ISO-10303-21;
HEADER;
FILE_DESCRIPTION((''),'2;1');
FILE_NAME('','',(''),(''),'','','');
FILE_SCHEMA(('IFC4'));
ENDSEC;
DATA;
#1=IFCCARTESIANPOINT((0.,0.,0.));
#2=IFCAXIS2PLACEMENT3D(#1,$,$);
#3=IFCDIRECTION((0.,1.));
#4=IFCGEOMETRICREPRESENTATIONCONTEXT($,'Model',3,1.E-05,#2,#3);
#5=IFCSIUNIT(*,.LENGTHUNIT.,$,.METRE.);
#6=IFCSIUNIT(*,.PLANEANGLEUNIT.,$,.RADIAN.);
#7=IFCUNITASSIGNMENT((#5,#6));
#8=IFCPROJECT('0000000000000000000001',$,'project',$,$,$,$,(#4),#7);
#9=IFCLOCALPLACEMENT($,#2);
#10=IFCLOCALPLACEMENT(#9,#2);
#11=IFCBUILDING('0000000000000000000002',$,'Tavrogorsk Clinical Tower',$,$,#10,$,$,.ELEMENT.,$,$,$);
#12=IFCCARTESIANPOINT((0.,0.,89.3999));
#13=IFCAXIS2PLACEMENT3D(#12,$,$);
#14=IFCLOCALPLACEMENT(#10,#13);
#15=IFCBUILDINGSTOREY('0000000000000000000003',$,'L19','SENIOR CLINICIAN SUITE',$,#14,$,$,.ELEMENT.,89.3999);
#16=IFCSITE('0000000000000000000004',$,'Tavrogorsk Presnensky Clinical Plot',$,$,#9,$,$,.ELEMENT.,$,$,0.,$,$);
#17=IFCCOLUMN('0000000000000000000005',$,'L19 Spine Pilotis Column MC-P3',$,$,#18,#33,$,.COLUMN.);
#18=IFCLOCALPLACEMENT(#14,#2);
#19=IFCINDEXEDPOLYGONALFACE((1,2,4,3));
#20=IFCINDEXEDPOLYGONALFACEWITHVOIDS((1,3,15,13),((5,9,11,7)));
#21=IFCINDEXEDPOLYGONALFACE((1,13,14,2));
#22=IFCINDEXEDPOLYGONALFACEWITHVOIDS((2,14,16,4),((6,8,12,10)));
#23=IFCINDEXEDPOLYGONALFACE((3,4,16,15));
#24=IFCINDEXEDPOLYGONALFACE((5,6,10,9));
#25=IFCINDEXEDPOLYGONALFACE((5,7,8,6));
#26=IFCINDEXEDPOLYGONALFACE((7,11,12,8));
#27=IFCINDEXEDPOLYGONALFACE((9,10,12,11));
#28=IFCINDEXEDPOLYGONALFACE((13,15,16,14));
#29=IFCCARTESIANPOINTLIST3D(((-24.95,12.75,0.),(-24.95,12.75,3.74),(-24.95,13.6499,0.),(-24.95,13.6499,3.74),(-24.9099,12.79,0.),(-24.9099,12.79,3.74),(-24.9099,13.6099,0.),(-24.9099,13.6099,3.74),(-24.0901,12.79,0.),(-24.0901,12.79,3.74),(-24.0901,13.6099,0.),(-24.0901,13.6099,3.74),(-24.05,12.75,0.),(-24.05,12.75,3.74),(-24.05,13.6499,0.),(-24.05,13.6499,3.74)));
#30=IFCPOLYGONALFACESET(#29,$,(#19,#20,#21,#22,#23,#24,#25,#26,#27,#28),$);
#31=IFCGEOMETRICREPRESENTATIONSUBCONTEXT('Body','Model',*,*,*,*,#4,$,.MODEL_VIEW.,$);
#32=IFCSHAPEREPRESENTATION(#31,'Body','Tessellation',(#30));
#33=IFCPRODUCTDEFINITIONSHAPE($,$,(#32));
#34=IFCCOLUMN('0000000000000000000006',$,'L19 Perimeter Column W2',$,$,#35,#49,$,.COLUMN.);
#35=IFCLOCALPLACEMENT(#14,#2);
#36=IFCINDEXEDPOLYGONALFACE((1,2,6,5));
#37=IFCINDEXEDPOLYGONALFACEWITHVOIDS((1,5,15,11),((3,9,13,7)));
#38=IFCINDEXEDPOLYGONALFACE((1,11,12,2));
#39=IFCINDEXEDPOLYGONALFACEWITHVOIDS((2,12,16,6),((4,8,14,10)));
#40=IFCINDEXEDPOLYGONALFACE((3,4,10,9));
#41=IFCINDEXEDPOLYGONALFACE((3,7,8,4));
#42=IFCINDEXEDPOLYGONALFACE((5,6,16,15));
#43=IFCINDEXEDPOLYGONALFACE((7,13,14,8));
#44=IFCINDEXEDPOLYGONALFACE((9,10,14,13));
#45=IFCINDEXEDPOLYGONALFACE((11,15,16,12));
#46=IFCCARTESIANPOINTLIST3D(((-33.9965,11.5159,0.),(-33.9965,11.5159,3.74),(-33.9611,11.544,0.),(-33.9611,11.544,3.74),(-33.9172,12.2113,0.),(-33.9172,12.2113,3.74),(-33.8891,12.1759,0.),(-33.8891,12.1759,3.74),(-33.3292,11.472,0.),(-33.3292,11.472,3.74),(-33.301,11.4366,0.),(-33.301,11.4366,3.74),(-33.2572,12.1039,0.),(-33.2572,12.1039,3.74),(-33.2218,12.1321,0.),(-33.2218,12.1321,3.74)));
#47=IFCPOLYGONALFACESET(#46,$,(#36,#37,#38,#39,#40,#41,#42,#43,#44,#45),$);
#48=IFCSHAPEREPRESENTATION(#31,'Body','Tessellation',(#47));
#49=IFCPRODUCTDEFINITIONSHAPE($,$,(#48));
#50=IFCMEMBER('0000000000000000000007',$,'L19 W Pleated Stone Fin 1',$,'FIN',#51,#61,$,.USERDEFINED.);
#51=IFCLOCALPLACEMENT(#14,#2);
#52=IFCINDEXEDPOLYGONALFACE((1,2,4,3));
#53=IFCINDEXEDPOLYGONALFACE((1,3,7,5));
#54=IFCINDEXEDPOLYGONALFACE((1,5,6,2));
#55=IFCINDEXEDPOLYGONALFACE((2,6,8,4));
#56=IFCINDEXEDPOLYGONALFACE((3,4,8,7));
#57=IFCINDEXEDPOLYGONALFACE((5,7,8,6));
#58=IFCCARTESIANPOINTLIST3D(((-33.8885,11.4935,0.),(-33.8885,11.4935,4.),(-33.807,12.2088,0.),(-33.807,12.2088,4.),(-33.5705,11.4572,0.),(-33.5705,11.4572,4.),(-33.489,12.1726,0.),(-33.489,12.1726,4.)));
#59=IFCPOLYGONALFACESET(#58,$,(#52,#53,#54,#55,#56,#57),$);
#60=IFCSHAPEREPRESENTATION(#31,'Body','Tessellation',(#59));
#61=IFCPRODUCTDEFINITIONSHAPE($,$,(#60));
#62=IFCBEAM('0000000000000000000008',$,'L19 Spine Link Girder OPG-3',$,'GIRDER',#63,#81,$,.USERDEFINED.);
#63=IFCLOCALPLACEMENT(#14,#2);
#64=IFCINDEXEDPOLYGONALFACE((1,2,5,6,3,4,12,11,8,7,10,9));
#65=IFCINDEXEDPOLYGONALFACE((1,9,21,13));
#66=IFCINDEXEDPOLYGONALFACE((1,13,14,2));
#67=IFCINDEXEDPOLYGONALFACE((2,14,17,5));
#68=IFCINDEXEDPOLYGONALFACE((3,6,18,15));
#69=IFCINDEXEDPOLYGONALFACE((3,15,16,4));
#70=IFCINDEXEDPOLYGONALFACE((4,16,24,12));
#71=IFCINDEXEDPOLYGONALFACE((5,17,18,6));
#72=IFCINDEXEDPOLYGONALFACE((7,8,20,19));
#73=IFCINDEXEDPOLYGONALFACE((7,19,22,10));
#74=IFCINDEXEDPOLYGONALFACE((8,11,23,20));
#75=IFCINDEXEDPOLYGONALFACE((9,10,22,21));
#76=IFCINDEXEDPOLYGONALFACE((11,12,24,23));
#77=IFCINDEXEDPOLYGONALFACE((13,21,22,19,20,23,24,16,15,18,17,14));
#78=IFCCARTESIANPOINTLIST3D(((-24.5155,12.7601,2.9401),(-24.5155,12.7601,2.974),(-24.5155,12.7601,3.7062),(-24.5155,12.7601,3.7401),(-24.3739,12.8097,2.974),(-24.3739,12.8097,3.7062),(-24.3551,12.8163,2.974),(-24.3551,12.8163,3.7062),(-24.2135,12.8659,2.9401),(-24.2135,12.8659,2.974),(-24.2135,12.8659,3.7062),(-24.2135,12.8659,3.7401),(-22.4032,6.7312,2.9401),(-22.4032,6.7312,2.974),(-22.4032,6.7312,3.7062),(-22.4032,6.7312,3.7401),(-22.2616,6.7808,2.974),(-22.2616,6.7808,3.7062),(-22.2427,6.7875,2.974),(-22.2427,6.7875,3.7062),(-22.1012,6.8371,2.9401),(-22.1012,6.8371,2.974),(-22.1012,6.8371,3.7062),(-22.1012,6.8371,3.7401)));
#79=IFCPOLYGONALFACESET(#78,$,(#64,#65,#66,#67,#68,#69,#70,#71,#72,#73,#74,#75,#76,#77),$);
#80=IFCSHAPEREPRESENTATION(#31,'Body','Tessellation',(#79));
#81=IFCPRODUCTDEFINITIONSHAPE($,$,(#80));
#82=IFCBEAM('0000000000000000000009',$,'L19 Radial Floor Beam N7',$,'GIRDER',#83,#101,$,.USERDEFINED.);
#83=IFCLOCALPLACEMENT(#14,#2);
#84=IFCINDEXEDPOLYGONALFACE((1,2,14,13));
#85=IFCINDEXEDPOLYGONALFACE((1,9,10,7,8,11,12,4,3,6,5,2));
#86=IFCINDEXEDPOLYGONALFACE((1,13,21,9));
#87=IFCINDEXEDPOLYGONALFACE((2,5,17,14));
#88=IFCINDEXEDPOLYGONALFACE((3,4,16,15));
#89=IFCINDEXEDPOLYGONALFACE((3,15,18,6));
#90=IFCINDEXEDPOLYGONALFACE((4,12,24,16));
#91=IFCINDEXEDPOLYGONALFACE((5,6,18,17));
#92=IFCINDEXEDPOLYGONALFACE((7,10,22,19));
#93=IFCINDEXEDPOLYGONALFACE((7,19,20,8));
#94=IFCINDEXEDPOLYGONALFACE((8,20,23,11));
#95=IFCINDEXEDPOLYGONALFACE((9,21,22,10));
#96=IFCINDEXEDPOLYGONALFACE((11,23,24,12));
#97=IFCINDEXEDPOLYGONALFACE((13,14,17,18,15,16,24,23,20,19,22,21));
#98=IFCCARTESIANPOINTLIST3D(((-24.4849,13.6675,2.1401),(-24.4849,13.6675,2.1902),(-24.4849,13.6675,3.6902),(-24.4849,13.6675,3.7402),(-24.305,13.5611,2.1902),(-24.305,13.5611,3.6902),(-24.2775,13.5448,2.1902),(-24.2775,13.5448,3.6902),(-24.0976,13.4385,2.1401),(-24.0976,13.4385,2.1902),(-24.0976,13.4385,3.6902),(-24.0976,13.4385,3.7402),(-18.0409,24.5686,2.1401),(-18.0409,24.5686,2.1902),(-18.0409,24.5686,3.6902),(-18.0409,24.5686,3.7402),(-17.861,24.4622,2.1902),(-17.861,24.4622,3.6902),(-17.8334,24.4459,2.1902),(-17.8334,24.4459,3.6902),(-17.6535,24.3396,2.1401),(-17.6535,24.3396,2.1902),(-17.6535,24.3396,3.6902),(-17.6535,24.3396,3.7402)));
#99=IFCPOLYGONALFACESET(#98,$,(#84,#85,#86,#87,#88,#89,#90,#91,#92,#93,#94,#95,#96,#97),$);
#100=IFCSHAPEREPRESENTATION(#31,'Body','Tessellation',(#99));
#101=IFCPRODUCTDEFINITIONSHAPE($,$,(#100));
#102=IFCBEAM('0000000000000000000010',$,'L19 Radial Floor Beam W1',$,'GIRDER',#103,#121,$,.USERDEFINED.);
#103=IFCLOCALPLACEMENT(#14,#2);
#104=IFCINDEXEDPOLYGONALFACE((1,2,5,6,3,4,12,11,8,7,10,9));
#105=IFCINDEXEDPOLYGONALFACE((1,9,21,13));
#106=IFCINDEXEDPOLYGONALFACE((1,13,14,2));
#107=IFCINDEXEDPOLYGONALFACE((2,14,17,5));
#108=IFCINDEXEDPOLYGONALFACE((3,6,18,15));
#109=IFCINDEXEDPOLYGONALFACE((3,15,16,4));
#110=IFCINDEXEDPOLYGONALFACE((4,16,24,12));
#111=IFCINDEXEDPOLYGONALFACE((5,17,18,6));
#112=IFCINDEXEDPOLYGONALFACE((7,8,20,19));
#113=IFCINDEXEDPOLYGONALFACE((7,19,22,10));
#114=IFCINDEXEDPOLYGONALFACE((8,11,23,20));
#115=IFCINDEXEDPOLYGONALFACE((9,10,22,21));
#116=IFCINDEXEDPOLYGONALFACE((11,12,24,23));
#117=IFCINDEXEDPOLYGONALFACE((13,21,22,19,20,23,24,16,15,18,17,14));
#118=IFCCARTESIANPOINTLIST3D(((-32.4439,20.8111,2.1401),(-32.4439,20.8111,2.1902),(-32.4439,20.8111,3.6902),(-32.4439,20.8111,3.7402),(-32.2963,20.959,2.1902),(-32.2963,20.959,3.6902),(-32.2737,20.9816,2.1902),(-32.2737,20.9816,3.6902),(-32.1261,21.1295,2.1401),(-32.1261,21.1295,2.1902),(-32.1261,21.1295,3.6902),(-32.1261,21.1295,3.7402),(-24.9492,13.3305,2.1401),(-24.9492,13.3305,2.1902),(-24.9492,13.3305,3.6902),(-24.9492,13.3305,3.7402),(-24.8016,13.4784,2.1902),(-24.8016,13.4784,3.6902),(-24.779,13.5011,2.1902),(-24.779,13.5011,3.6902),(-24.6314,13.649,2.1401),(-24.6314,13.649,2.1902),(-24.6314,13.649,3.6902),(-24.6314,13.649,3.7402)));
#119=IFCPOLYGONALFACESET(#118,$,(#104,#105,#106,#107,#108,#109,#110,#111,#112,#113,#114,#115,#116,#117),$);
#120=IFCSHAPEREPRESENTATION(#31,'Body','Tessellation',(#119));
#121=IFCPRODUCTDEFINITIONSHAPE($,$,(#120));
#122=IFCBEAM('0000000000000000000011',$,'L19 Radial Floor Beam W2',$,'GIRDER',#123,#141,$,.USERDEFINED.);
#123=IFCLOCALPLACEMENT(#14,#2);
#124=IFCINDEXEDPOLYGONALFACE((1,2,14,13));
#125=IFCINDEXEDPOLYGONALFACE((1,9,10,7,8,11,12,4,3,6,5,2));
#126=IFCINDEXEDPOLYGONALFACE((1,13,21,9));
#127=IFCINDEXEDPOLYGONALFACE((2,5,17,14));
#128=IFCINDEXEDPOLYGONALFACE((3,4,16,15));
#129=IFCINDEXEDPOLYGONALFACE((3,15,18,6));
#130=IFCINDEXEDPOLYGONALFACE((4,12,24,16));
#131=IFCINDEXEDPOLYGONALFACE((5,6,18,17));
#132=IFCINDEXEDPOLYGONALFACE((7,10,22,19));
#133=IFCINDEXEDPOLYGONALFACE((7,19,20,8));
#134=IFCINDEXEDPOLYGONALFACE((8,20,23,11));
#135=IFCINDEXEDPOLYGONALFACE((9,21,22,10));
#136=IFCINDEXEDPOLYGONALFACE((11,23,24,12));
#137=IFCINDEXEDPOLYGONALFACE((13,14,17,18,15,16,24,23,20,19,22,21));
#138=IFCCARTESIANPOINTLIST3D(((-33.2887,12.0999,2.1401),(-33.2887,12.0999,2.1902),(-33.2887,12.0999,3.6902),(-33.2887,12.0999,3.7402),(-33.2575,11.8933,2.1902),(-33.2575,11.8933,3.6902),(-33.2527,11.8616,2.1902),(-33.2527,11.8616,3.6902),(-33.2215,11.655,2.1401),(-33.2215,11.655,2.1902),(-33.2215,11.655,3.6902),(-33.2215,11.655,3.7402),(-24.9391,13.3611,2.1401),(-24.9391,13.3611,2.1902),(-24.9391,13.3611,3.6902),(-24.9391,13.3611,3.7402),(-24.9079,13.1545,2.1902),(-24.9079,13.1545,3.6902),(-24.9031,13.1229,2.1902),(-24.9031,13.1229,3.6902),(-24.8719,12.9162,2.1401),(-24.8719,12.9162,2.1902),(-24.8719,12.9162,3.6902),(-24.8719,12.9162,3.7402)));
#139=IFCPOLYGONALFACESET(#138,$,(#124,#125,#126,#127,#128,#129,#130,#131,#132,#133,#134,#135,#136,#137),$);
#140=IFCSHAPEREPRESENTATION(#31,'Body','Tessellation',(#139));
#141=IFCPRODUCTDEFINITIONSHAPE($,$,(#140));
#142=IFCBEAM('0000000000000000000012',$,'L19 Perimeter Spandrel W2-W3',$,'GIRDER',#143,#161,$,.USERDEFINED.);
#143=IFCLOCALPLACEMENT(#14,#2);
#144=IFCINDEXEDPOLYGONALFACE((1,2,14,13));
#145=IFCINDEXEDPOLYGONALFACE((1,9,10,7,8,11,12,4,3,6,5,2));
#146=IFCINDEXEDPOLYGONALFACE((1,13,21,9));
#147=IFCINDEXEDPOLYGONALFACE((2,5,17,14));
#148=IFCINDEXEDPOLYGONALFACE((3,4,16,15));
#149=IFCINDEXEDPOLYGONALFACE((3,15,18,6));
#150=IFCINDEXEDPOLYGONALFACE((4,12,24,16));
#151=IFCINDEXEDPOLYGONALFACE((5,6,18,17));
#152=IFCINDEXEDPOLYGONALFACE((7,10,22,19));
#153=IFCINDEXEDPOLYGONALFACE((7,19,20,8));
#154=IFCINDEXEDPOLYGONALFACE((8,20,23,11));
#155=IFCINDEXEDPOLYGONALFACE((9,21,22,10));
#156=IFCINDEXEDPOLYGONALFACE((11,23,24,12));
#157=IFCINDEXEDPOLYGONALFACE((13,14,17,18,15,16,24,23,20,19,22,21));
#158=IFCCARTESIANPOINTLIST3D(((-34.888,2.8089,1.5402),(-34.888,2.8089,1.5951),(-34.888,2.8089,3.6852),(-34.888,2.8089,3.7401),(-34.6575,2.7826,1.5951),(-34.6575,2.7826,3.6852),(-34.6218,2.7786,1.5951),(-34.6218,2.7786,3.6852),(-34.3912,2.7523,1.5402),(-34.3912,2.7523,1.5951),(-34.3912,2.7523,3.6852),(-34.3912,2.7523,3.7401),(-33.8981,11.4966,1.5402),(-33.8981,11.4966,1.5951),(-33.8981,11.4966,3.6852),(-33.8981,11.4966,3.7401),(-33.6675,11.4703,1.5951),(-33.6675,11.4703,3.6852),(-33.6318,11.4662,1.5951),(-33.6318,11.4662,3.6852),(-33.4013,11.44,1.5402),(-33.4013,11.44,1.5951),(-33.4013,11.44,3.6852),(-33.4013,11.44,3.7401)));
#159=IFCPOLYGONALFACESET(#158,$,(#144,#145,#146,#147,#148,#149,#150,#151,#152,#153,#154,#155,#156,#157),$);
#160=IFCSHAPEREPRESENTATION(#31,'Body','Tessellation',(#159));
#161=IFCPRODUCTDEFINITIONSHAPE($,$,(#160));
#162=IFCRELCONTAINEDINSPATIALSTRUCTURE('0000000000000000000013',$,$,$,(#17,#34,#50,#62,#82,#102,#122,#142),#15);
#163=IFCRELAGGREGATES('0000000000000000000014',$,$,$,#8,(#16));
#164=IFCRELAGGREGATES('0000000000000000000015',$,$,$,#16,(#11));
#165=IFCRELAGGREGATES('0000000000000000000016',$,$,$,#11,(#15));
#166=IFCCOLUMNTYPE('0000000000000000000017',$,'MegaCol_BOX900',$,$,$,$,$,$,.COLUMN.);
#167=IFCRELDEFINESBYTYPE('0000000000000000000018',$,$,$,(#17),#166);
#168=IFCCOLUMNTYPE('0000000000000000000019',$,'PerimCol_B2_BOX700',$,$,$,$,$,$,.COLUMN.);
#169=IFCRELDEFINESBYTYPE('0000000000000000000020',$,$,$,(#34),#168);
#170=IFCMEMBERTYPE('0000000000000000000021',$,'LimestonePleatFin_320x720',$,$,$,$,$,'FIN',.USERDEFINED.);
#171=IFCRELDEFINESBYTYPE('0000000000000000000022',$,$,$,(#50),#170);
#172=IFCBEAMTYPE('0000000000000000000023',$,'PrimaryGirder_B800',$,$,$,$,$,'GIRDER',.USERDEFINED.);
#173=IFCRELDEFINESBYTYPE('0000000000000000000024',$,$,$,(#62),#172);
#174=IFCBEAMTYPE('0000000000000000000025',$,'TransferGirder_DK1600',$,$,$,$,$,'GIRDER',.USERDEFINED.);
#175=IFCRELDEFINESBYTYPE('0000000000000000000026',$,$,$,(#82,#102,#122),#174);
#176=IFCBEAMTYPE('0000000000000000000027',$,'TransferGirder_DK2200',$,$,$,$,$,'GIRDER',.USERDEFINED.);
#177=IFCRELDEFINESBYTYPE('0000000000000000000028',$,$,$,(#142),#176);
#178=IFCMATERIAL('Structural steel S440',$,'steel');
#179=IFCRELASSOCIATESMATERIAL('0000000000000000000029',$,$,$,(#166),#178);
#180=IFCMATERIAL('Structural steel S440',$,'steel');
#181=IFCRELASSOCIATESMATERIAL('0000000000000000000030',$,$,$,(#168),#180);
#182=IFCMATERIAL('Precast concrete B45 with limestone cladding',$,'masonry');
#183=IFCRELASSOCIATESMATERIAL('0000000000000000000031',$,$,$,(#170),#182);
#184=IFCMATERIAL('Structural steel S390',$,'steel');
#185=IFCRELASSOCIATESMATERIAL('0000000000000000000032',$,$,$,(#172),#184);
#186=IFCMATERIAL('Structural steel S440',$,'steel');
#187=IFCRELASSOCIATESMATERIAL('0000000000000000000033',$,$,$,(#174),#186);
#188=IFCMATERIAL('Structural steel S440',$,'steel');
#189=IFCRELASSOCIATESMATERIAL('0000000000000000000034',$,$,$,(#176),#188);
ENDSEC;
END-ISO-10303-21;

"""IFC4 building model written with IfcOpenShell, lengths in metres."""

from ifc_helpers import new_model, si_unit, direction, frame, origin, origin_2d, place, context, subcontext, project, spatial, rectangle, hollow_rectangle, i_section, extrude, material, material_profile, profile_set, type_object, element, save


model = new_model("IFC4")

# Units and contexts
model_context = context("Model", 3, precision=1e-05, world=origin(), true_north=direction((0.0, 1.0)))
body_context = subcontext(model_context, "Body", "Model", "MODEL_VIEW")
ifc_project = project(units=[si_unit("LENGTHUNIT", "METRE"), si_unit("PLANEANGLEUNIT", "RADIAN")], contexts=[model_context])

# Site, building, storey
site_placement = place(None, origin())
site = spatial("IfcSite", under=ifc_project, at=site_placement, Name="Tavrogorsk Presnensky Clinical Plot", CompositionType="ELEMENT", RefElevation=0.0)
building_placement = place(site_placement, origin())
building = spatial("IfcBuilding", under=site, at=building_placement, Name="Tavrogorsk Clinical Tower", CompositionType="ELEMENT")
storey_placement = place(building_placement, frame((0.0, 0.0, 89.3999)))
storey = spatial("IfcBuildingStorey", under=building, at=storey_placement, Name="L19", Description="SENIOR CLINICIAN SUITE", CompositionType="ELEMENT", Elevation=89.3999)

# Columns
ifc_material_1 = material(Name="Structural steel S440", Category="steel")
ifc_material_profile_1 = material_profile(ifc_material_1, hollow_rectangle(XDim=0.8999, YDim=0.8999, WallThickness=0.04, at=origin_2d()), Name="BOX-900x900x40")
ifc_profile_set_1 = profile_set([ifc_material_profile_1], Name="Structural steel S440")
column_type_1 = type_object("IfcColumnType", Name="MegaCol_BOX900", PredefinedType="COLUMN", material=ifc_profile_set_1)
column_1_placement = place(storey_placement, frame((-24.5, 13.2, 0.0), z_axis=(0.0, 0.0, 1.0), x_axis=(1.0, 0.0, 0.0)))
element("IfcColumn", 1, at=column_1_placement, inside=storey, type_object=column_type_1, Name="L19 Spine Pilotis Column MC-P3", PredefinedType="COLUMN", context=body_context, shape_type="SweptSolid", body=[
    extrude(hollow_rectangle(XDim=0.8999, YDim=0.8999, WallThickness=0.04, at=origin_2d()), origin(), (0.0, 0.0, 1.0), 3.74),
])
ifc_material_2 = material(Name="Structural steel S440", Category="steel")
ifc_material_profile_2 = material_profile(ifc_material_2, hollow_rectangle(XDim=0.7, YDim=0.7, WallThickness=0.032, at=origin_2d()), Name="BOX-700x700x32")
ifc_profile_set_2 = profile_set([ifc_material_profile_2], Name="Structural steel S440")
column_type_2 = type_object("IfcColumnType", Name="PerimCol_B2_BOX700", PredefinedType="COLUMN", material=ifc_profile_set_2)
column_2_placement = place(storey_placement, frame((-33.6091, 11.824, 0.0), z_axis=(0.0, 0.0, 1.0), x_axis=(0.993572, -0.113203, 0.0)))
element("IfcColumn", 2, at=column_2_placement, inside=storey, type_object=column_type_2, Name="L19 Perimeter Column W2", PredefinedType="COLUMN", context=body_context, shape_type="SweptSolid", body=[
    extrude(hollow_rectangle(XDim=0.7, YDim=0.7, WallThickness=0.032, at=origin_2d()), origin(), (0.0, 0.0, 1.0), 3.74),
])

# Member
ifc_material_3 = material(Name="Precast concrete B45 with limestone cladding", Category="masonry")
ifc_material_profile_3 = material_profile(ifc_material_3, rectangle(XDim=0.3201, YDim=0.72, at=origin_2d()), Name="LIMESTONE-FIN-320x720")
ifc_profile_set_3 = profile_set([ifc_material_profile_3], Name="Precast concrete B45 with limestone cladding")
member_type = type_object("IfcMemberType", Name="LimestonePleatFin_320x720", ElementType="FIN", PredefinedType="USERDEFINED", material=ifc_profile_set_3)
member_placement = place(storey_placement, frame((-33.6887, 11.833, 0.0), z_axis=(0.0, 0.0, 1.0), x_axis=(0.993572, -0.113203, 0.0)))
element("IfcMember", 3, at=member_placement, inside=storey, type_object=member_type, Name="L19 W Pleated Stone Fin 1", ObjectType="FIN", PredefinedType="USERDEFINED", context=body_context, shape_type="SweptSolid", body=[
    extrude(rectangle(XDim=0.3201, YDim=0.72, at=origin_2d()), origin(), (0.0, 0.0, 1.0), 4.0),
])

# Beams
ifc_material_4 = material(Name="Structural steel S390", Category="steel")
ifc_material_profile_4 = material_profile(ifc_material_4, i_section(OverallWidth=0.3201, OverallDepth=0.8, WebThickness=0.02, FlangeThickness=0.0339, at=origin_2d()), Name="B-800x320x20x34")
ifc_profile_set_4 = profile_set([ifc_material_profile_4], Name="Structural steel S390")
beam_type_1 = type_object("IfcBeamType", Name="PrimaryGirder_B800", ElementType="GIRDER", PredefinedType="USERDEFINED", material=ifc_profile_set_4)
beam_1_placement = place(storey_placement, frame((-24.3645, 12.813, 3.3401), z_axis=(0.33066, -0.94375, 0.0), x_axis=(0.94375, 0.33066, 0.0)))
element("IfcBeam", 4, at=beam_1_placement, inside=storey, type_object=beam_type_1, Name="L19 Spine Link Girder OPG-3", ObjectType="GIRDER", PredefinedType="USERDEFINED", context=body_context, shape_type="SweptSolid", body=[
    extrude(i_section(OverallWidth=0.3201, OverallDepth=0.8, WebThickness=0.02, FlangeThickness=0.0339, at=origin_2d()), origin(), (0.0, 0.0, 1.0), 6.3882),
])
ifc_material_5 = material(Name="Structural steel S440", Category="steel")
ifc_material_profile_5 = material_profile(ifc_material_5, i_section(OverallWidth=0.45, OverallDepth=1.6001, WebThickness=0.032, FlangeThickness=0.05, at=origin_2d()), Name="DK-1600x450x32x50")
ifc_profile_set_5 = profile_set([ifc_material_profile_5], Name="Structural steel S440")
beam_type_2 = type_object("IfcBeamType", Name="TransferGirder_DK1600", ElementType="GIRDER", PredefinedType="USERDEFINED", material=ifc_profile_set_5)
beam_2_placement = place(storey_placement, frame((-24.2913, 13.553, 2.9402), z_axis=(0.508877, 0.860839, 0.0), x_axis=(-0.860839, 0.508877, 0.0)))
element("IfcBeam", 5, at=beam_2_placement, inside=storey, type_object=beam_type_2, Name="L19 Radial Floor Beam N7", ObjectType="GIRDER", PredefinedType="USERDEFINED", context=body_context, shape_type="SweptSolid", body=[
    extrude(i_section(OverallWidth=0.45, OverallDepth=1.6001, WebThickness=0.032, FlangeThickness=0.05, at=origin_2d()), origin(), (0.0, 0.0, 1.0), 12.6633),
])
beam_3_placement = place(storey_placement, frame((-24.7903, 13.4897, 2.9402), z_axis=(-0.707775, 0.706438, 0.0), x_axis=(-0.706438, -0.707775, 0.0)))
element("IfcBeam", 6, at=beam_3_placement, inside=storey, type_object=beam_type_2, Name="L19 Radial Floor Beam W1", ObjectType="GIRDER", PredefinedType="USERDEFINED", context=body_context, shape_type="SweptSolid", body=[
    extrude(i_section(OverallWidth=0.45, OverallDepth=1.6001, WebThickness=0.032, FlangeThickness=0.05, at=origin_2d()), origin(), (0.0, 0.0, 1.0), 10.5891),
])
beam_4_placement = place(storey_placement, frame((-24.9055, 13.1387, 2.9402), z_axis=(-0.988783, -0.149358, 0.0), x_axis=(0.149358, -0.988783, 0.0)))
element("IfcBeam", 7, at=beam_4_placement, inside=storey, type_object=beam_type_2, Name="L19 Radial Floor Beam W2", ObjectType="GIRDER", PredefinedType="USERDEFINED", context=body_context, shape_type="SweptSolid", body=[
    extrude(i_section(OverallWidth=0.45, OverallDepth=1.6001, WebThickness=0.032, FlangeThickness=0.05, at=origin_2d()), origin(), (0.0, 0.0, 1.0), 8.4443),
])
ifc_material_6 = material(Name="Structural steel S440", Category="steel")
ifc_material_profile_6 = material_profile(ifc_material_6, i_section(OverallWidth=0.5, OverallDepth=2.2, WebThickness=0.0359, FlangeThickness=0.0549, at=origin_2d()), Name="DK-2200x500x36x55")
ifc_profile_set_6 = profile_set([ifc_material_profile_6], Name="Structural steel S440")
beam_type_3 = type_object("IfcBeamType", Name="TransferGirder_DK2200", ElementType="GIRDER", PredefinedType="USERDEFINED", material=ifc_profile_set_6)
beam_5_placement = place(storey_placement, frame((-33.6497, 11.4683, 2.6401), z_axis=(-0.11322, -0.99357, 0.0), x_axis=(0.99357, -0.11322, 0.0)))
element("IfcBeam", 8, at=beam_5_placement, inside=storey, type_object=beam_type_3, Name="L19 Perimeter Spandrel W2-W3", ObjectType="GIRDER", PredefinedType="USERDEFINED", context=body_context, shape_type="SweptSolid", body=[
    extrude(i_section(OverallWidth=0.5, OverallDepth=2.2, WebThickness=0.0359, FlangeThickness=0.0549, at=origin_2d()), origin(), (0.0, 0.0, 1.0), 8.7439),
])

save(model, "model.ifc")
